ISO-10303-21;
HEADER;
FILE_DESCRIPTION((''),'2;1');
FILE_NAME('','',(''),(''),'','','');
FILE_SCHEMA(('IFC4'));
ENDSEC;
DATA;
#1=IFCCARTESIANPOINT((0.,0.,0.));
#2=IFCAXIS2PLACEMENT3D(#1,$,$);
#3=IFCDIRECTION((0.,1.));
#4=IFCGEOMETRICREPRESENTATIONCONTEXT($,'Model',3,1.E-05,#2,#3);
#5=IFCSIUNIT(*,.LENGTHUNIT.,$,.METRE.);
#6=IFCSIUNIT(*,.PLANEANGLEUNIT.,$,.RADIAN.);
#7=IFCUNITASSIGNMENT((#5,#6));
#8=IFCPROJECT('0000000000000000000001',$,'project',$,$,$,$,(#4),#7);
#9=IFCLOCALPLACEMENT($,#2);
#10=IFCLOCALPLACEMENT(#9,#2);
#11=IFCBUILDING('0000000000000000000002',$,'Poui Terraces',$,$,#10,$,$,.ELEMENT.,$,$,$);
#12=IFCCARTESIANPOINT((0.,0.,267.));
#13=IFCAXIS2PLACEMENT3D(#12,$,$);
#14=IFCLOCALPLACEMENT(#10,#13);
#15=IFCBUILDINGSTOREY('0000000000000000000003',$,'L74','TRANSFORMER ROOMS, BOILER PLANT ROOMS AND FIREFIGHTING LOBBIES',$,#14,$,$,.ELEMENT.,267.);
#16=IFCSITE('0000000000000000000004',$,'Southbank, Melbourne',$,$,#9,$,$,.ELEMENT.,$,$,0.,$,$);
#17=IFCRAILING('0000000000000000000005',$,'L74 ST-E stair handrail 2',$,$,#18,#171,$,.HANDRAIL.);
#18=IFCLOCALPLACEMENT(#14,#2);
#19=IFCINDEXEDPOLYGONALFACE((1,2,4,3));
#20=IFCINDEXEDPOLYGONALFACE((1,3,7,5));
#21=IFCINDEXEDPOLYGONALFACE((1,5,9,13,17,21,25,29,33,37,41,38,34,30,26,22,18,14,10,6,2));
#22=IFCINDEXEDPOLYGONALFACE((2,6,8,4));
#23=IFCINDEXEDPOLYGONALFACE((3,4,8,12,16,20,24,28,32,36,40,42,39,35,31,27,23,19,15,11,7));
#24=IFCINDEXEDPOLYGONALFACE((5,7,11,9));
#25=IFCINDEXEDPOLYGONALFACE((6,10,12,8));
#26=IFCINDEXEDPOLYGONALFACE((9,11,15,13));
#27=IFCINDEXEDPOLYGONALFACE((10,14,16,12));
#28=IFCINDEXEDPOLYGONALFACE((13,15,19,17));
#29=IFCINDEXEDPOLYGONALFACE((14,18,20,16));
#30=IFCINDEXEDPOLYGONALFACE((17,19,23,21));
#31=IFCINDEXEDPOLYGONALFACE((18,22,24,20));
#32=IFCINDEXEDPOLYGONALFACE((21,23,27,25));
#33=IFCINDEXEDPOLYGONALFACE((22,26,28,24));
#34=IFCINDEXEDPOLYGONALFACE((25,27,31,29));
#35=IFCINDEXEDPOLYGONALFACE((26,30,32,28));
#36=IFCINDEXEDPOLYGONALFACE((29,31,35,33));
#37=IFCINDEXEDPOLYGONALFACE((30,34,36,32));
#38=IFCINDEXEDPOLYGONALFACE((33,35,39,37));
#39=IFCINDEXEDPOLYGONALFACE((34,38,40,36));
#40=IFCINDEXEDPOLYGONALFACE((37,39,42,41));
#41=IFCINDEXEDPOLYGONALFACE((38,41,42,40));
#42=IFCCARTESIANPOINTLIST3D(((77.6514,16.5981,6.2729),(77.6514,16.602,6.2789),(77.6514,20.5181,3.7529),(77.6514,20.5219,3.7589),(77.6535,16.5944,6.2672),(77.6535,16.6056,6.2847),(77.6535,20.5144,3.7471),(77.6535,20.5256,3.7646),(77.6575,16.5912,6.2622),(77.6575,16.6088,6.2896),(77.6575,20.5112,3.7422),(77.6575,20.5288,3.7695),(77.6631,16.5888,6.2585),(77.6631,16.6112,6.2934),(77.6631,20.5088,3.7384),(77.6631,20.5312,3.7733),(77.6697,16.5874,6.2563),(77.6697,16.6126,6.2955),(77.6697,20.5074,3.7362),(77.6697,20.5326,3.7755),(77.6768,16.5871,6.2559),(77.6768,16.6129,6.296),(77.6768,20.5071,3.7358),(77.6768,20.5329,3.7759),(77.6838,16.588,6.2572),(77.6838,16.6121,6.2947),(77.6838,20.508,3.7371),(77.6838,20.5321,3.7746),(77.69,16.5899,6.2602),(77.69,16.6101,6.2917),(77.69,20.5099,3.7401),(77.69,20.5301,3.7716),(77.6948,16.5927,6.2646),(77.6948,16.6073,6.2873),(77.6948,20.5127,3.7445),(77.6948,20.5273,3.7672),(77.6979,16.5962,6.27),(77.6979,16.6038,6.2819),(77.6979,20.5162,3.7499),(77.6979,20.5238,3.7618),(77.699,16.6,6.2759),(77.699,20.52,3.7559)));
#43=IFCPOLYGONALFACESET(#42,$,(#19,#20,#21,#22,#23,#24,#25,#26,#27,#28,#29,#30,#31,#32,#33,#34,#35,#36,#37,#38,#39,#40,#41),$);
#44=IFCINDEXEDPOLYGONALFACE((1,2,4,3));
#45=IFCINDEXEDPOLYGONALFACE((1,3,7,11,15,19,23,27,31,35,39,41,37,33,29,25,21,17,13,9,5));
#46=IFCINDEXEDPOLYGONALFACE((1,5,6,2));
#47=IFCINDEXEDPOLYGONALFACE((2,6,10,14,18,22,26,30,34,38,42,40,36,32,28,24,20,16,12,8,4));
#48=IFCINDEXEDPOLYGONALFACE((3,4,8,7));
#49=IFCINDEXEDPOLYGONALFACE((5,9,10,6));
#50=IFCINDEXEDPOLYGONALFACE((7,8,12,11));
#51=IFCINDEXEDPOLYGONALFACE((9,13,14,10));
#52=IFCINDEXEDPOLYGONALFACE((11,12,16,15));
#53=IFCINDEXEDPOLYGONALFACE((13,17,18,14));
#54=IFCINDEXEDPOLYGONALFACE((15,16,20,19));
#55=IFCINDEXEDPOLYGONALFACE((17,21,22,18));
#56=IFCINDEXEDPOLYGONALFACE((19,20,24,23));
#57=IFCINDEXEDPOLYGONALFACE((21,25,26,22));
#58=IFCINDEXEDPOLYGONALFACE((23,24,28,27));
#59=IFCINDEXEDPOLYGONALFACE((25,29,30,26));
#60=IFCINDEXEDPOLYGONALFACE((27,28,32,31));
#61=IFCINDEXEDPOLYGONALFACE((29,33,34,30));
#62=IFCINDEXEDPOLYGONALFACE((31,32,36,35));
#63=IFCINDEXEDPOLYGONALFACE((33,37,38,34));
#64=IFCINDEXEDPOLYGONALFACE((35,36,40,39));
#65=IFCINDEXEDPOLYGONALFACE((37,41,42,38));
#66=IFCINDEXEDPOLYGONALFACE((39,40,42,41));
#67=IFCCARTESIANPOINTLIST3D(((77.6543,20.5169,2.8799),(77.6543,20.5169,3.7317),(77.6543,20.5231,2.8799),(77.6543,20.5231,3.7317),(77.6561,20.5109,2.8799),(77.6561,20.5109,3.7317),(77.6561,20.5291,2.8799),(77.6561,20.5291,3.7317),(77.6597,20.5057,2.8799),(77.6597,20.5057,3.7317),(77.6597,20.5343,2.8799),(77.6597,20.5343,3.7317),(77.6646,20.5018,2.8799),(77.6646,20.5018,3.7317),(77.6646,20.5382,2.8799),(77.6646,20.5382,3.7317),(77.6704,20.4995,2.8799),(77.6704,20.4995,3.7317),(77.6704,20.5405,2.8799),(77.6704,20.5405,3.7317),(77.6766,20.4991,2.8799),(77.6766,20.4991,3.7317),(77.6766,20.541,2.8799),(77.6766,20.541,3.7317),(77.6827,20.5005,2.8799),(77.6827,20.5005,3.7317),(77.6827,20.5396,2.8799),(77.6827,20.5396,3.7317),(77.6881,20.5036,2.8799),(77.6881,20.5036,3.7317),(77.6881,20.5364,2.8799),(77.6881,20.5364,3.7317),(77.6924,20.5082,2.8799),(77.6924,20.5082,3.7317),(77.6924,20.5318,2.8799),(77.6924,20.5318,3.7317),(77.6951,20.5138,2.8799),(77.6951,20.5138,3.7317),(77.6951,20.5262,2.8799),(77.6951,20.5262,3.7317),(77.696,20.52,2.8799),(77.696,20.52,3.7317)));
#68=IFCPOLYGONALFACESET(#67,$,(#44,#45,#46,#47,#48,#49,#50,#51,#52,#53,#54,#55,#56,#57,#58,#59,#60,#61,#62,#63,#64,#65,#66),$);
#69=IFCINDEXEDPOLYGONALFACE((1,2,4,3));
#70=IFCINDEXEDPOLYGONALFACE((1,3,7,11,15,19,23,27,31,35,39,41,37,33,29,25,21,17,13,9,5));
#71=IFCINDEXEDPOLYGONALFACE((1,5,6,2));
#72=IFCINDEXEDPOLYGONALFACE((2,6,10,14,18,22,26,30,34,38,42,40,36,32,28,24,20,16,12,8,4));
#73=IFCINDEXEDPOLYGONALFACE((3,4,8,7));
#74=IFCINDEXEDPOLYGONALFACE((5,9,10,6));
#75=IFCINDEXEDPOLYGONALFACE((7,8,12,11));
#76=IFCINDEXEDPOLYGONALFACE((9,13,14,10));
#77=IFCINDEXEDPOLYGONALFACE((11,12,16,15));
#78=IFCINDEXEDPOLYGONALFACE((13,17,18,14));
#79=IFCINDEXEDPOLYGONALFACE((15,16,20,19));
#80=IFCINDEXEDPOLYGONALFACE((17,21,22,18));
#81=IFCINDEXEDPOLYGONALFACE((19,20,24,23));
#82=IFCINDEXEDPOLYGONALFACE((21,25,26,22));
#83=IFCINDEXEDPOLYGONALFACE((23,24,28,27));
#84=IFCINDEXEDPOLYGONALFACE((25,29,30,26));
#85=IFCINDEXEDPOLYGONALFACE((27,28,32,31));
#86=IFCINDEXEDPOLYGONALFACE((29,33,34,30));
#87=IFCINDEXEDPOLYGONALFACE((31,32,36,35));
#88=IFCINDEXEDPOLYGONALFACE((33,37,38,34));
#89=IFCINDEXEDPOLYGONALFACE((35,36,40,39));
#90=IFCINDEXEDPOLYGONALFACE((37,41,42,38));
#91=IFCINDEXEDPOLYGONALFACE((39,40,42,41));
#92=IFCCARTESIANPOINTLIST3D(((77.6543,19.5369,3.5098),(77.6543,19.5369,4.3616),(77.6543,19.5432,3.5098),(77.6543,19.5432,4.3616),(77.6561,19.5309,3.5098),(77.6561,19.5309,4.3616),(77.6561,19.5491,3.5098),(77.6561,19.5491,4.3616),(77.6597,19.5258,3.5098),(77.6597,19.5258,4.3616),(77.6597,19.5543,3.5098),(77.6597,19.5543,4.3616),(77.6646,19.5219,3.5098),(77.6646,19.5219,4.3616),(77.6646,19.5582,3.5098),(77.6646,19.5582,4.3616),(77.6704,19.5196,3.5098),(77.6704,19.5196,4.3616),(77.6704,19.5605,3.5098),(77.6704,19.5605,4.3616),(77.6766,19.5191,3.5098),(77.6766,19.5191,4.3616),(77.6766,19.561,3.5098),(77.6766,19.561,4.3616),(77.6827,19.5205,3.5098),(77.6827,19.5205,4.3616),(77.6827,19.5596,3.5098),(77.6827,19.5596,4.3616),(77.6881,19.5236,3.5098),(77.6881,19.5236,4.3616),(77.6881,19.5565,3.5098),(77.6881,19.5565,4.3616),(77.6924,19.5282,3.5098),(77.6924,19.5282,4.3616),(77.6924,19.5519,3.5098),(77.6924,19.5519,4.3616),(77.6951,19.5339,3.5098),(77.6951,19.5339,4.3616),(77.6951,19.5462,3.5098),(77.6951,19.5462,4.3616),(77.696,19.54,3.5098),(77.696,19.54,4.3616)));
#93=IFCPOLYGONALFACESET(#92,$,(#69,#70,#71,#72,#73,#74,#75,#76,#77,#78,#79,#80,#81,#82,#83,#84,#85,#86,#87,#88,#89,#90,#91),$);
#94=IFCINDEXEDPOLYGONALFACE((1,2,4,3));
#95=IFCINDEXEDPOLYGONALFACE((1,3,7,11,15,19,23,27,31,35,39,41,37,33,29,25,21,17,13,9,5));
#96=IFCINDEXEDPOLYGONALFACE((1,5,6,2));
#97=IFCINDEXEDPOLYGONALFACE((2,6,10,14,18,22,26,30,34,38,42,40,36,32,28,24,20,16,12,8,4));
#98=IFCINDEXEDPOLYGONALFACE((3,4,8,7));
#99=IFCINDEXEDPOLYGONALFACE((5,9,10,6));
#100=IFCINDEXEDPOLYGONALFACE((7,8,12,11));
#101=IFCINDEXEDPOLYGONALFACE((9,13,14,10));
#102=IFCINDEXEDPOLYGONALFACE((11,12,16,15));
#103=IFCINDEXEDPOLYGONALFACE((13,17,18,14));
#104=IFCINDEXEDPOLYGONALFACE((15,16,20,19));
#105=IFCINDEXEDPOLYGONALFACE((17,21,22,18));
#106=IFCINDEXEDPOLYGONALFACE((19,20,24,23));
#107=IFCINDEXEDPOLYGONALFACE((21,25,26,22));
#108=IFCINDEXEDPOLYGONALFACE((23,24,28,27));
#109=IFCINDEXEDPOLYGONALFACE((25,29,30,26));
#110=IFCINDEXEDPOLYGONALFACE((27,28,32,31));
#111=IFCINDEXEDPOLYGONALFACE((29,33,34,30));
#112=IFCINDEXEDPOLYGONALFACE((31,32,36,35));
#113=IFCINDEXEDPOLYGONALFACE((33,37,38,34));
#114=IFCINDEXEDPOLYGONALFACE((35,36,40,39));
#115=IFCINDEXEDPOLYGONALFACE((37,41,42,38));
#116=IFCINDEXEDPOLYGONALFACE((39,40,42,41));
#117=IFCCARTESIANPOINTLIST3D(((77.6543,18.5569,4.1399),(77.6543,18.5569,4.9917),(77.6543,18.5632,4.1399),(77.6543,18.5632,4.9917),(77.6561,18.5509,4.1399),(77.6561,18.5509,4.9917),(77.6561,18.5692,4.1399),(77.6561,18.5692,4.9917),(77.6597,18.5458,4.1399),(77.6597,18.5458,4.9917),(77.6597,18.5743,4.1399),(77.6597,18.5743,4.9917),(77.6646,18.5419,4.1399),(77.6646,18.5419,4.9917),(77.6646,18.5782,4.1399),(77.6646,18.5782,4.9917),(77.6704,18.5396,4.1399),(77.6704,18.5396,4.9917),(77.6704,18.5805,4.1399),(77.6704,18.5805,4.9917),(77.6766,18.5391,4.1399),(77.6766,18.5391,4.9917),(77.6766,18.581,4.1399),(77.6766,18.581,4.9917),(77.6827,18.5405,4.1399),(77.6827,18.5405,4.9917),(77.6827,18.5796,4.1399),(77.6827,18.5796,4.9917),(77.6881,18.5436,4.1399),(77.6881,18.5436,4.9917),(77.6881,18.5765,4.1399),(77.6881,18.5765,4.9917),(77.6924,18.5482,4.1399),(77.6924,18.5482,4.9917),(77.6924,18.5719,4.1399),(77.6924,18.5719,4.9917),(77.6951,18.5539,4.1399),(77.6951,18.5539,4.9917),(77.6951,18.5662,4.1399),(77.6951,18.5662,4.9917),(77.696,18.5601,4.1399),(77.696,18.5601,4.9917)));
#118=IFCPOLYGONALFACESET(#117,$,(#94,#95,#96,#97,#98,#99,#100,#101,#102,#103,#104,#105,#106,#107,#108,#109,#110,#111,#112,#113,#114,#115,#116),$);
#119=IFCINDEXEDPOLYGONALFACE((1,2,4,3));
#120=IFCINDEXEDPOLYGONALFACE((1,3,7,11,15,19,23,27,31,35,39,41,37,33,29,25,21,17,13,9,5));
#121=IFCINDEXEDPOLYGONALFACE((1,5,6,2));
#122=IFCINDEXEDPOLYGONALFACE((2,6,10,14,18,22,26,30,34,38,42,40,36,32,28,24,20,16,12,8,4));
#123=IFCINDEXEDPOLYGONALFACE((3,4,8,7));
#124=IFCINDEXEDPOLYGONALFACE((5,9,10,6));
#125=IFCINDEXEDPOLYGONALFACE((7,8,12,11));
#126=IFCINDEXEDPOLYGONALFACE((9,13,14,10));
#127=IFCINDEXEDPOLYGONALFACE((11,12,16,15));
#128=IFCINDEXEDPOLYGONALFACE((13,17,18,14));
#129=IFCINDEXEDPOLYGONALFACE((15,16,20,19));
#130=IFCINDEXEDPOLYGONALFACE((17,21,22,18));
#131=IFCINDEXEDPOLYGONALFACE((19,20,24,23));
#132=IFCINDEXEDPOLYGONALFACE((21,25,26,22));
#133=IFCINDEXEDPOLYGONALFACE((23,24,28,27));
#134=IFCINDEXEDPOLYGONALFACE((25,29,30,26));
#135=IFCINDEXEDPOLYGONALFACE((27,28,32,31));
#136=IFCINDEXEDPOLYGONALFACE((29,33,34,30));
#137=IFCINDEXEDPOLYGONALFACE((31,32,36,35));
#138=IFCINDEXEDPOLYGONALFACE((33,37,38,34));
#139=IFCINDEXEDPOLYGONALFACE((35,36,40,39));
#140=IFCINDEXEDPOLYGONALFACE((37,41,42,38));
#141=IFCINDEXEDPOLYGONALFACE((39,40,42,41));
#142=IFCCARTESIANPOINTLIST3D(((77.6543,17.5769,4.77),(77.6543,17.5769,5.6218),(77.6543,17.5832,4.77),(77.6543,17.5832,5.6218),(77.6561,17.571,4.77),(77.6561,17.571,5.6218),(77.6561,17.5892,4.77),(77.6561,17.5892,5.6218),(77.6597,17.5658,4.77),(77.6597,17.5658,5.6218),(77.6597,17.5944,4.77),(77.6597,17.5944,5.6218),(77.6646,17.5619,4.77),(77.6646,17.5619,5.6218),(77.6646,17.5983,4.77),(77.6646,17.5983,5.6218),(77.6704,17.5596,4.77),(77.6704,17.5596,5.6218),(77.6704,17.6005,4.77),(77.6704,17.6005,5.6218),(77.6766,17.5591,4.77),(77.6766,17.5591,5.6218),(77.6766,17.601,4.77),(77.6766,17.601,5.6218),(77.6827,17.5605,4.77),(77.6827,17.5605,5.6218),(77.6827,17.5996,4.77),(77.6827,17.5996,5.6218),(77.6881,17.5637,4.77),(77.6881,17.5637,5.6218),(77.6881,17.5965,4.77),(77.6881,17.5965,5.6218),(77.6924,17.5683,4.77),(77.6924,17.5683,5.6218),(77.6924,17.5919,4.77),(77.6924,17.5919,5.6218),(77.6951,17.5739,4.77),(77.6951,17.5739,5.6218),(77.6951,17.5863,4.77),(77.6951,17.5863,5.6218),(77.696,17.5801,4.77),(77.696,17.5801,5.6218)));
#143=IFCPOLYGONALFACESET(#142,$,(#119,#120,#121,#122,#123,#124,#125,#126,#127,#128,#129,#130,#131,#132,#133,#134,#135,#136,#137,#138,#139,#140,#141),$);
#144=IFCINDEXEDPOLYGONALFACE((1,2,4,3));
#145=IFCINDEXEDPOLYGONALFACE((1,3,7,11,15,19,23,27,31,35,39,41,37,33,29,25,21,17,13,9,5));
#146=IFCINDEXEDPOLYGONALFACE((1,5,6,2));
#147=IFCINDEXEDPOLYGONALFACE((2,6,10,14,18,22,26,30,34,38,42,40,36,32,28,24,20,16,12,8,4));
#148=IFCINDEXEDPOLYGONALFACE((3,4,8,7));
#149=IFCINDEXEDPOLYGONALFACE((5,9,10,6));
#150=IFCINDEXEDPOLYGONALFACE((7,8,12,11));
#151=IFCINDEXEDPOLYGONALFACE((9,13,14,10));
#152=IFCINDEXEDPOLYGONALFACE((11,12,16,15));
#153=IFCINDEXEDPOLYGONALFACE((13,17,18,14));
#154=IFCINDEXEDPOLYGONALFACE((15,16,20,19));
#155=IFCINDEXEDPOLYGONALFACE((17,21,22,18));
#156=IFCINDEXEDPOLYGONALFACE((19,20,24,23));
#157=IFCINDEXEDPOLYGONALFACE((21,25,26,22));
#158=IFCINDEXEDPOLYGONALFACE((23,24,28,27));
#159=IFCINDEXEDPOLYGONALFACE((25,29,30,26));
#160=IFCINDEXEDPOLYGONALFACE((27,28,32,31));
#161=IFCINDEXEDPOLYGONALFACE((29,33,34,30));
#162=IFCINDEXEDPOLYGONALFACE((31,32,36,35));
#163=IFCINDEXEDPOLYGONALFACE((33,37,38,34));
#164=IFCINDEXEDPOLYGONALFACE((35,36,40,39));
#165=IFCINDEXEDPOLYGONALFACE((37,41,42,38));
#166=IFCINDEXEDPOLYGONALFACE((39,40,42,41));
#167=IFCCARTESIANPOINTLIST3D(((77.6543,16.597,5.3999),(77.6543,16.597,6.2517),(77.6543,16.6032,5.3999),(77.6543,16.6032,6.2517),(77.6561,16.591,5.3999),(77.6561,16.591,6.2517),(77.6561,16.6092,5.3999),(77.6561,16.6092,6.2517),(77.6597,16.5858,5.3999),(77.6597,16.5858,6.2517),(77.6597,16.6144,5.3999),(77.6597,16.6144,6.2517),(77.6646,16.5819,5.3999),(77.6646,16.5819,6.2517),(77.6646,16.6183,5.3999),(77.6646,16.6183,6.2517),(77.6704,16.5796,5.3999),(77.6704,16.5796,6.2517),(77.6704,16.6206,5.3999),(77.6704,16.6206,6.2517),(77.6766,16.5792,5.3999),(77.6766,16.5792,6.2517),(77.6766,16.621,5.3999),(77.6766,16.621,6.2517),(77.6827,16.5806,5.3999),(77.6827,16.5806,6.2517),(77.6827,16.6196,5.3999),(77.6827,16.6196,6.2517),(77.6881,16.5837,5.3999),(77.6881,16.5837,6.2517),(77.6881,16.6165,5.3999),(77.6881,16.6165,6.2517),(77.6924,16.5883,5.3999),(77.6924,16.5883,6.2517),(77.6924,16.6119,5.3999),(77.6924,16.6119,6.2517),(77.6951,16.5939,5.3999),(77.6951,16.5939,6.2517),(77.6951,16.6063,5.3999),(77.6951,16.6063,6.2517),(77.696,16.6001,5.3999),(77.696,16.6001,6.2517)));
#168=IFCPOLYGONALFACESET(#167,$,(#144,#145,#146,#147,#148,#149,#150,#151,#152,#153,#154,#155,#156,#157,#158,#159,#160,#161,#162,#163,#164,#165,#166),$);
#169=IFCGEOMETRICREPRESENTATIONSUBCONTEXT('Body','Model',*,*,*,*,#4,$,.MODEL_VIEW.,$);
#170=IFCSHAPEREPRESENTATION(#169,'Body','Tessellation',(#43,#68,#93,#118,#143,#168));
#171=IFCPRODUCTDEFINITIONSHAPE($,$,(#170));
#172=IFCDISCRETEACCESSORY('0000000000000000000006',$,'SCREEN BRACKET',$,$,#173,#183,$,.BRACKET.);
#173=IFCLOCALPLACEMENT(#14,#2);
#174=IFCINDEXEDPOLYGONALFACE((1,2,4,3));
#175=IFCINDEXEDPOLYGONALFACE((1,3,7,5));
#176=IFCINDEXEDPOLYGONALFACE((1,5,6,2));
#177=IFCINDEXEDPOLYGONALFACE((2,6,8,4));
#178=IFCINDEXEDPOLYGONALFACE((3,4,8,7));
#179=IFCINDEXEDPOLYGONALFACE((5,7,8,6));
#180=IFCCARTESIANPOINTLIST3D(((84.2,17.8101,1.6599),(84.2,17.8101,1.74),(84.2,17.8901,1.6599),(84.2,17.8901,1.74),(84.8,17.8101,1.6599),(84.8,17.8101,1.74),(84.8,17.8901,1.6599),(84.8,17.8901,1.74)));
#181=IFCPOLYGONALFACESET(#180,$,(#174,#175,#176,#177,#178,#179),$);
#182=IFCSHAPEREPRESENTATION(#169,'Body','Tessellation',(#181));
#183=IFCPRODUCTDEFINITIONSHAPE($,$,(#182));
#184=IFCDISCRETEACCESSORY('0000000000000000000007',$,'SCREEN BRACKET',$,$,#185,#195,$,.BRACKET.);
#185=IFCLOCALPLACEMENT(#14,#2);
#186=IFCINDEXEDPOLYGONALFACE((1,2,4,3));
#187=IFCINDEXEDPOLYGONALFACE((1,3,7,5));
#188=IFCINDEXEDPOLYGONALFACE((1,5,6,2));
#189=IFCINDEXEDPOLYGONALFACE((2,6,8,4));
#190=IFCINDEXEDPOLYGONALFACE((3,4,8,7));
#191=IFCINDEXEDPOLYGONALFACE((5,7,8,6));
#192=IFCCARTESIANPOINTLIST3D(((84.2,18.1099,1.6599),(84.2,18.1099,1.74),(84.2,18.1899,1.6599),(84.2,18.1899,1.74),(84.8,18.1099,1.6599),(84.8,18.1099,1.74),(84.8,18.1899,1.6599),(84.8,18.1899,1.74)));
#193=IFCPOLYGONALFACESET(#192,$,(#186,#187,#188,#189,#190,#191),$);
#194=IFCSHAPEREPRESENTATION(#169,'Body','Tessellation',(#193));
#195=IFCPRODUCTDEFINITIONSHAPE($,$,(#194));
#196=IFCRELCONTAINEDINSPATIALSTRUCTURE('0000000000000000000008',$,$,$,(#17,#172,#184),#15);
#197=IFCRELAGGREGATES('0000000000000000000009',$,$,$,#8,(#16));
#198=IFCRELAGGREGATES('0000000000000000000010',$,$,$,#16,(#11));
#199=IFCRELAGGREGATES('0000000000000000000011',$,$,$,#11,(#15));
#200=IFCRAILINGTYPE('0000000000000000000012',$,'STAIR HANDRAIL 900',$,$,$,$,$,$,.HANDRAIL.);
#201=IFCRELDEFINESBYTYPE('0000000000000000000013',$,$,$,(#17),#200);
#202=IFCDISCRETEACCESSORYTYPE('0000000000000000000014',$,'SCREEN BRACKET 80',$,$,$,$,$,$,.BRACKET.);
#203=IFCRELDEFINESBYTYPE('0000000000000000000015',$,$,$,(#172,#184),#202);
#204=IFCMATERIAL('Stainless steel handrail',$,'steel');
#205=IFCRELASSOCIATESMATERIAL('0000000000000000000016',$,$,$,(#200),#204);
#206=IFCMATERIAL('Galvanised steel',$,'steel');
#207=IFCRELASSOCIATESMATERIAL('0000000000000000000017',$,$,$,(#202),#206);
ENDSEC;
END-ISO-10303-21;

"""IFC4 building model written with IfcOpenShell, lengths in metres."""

from ifc_helpers import new_model, si_unit, direction, frame, origin, origin_2d, place, context, subcontext, project, spatial, rectangle, circle, extrude, source, transform, mapped, material, material_profile, profile_set, type_object, element, save


model = new_model("IFC4")

# Units and contexts
model_context = context("Model", 3, precision=1e-05, world=origin(), true_north=direction((0.0, 1.0)))
body_context = subcontext(model_context, "Body", "Model", "MODEL_VIEW")
ifc_project = project(units=[si_unit("LENGTHUNIT", "METRE"), si_unit("PLANEANGLEUNIT", "RADIAN")], contexts=[model_context])

# Site, building, storey
site_placement = place(None, origin())
site = spatial("IfcSite", under=ifc_project, at=site_placement, Name="Southbank, Melbourne", CompositionType="ELEMENT", RefElevation=0.0)
building_placement = place(site_placement, origin())
building = spatial("IfcBuilding", under=site, at=building_placement, Name="Poui Terraces", CompositionType="ELEMENT")
storey_placement = place(building_placement, frame((0.0, 0.0, 267.0)))
storey = spatial("IfcBuildingStorey", under=building, at=storey_placement, Name="L74", Description="TRANSFORMER ROOMS, BOILER PLANT ROOMS AND FIREFIGHTING LOBBIES", CompositionType="ELEMENT", Elevation=267.0)

# Railing
ifc_material_1 = material(Name="Stainless steel handrail", Category="steel")
railing_type_1 = type_object("IfcRailingType", Name="STAIR HANDRAIL 900", PredefinedType="HANDRAIL", material=ifc_material_1)
railing_1_placement = place(storey_placement, frame((77.675, 20.52, 2.8799)))
element("IfcRailing", 1, at=railing_1_placement, inside=storey, type_object=railing_type_1, Name="L74 ST-E stair handrail 2", PredefinedType="HANDRAIL", context=body_context, shape_type="SweptSolid", body=[
    extrude(circle(Radius=0.0239, at=origin_2d()), frame((0.0, 0.0, 0.876), z_axis=(0.0, -0.841172, 0.540768), x_axis=(1.0, 0.0, 0.0)), (0.0, 0.0, 1.0), 4.6602),
    extrude(circle(Radius=0.021, at=origin_2d()), origin(), (0.0, 0.0, 1.0), 0.8518),
    extrude(circle(Radius=0.021, at=origin_2d()), frame((0.0, -0.98, 0.6299)), (0.0, 0.0, 1.0), 0.8518),
    extrude(circle(Radius=0.021, at=origin_2d()), frame((0.0, -1.96, 1.26)), (0.0, 0.0, 1.0), 0.8518),
    extrude(circle(Radius=0.021, at=origin_2d()), frame((0.0, -2.9399, 1.8901)), (0.0, 0.0, 1.0), 0.8518),
    extrude(circle(Radius=0.021, at=origin_2d()), frame((0.0, -3.9199, 2.52)), (0.0, 0.0, 1.0), 0.8518),
])

# Discrete accessories
ifc_material_2 = material(Name="Galvanised steel", Category="steel")
ifc_material_profile_1 = material_profile(ifc_material_2, rectangle(XDim=0.0801, YDim=0.0801, at=origin_2d()), Name="SCREEN BRACKET 80")
ifc_profile_set_1 = profile_set([ifc_material_profile_1], Name="Galvanised steel")
discrete_accessory_type = type_object("IfcDiscreteAccessoryType", Name="SCREEN BRACKET 80", PredefinedType="BRACKET", material=ifc_profile_set_1)
shared_shape_1 = source(origin(), body_context, "Body", "SweptSolid", [
    extrude(rectangle(XDim=0.0801, YDim=0.0801, at=origin_2d()), origin(), (0.0, 0.0, 1.0), 0.6001),
])
for number, where, z_axis, x_axis, name in (
    (2, (84.2, 17.8501, 1.7), (1.0, 0.0, 0.0), (0.0, 1.0, 0.0), "SCREEN BRACKET"),
    (3, (84.2, 18.1499, 1.7), (1.0, 0.0, 0.0), (0.0, 1.0, 0.0), "SCREEN BRACKET"),
):
    element("IfcDiscreteAccessory", number, at=place(storey_placement, frame(where, z_axis=z_axis, x_axis=x_axis)), inside=storey, type_object=discrete_accessory_type, Name=name, PredefinedType="BRACKET", context=body_context, shape_type="MappedRepresentation", body=[
        mapped(shared_shape_1, transform((0.0, 0.0, 0.0))),
    ])

save(model, "model.ifc")
